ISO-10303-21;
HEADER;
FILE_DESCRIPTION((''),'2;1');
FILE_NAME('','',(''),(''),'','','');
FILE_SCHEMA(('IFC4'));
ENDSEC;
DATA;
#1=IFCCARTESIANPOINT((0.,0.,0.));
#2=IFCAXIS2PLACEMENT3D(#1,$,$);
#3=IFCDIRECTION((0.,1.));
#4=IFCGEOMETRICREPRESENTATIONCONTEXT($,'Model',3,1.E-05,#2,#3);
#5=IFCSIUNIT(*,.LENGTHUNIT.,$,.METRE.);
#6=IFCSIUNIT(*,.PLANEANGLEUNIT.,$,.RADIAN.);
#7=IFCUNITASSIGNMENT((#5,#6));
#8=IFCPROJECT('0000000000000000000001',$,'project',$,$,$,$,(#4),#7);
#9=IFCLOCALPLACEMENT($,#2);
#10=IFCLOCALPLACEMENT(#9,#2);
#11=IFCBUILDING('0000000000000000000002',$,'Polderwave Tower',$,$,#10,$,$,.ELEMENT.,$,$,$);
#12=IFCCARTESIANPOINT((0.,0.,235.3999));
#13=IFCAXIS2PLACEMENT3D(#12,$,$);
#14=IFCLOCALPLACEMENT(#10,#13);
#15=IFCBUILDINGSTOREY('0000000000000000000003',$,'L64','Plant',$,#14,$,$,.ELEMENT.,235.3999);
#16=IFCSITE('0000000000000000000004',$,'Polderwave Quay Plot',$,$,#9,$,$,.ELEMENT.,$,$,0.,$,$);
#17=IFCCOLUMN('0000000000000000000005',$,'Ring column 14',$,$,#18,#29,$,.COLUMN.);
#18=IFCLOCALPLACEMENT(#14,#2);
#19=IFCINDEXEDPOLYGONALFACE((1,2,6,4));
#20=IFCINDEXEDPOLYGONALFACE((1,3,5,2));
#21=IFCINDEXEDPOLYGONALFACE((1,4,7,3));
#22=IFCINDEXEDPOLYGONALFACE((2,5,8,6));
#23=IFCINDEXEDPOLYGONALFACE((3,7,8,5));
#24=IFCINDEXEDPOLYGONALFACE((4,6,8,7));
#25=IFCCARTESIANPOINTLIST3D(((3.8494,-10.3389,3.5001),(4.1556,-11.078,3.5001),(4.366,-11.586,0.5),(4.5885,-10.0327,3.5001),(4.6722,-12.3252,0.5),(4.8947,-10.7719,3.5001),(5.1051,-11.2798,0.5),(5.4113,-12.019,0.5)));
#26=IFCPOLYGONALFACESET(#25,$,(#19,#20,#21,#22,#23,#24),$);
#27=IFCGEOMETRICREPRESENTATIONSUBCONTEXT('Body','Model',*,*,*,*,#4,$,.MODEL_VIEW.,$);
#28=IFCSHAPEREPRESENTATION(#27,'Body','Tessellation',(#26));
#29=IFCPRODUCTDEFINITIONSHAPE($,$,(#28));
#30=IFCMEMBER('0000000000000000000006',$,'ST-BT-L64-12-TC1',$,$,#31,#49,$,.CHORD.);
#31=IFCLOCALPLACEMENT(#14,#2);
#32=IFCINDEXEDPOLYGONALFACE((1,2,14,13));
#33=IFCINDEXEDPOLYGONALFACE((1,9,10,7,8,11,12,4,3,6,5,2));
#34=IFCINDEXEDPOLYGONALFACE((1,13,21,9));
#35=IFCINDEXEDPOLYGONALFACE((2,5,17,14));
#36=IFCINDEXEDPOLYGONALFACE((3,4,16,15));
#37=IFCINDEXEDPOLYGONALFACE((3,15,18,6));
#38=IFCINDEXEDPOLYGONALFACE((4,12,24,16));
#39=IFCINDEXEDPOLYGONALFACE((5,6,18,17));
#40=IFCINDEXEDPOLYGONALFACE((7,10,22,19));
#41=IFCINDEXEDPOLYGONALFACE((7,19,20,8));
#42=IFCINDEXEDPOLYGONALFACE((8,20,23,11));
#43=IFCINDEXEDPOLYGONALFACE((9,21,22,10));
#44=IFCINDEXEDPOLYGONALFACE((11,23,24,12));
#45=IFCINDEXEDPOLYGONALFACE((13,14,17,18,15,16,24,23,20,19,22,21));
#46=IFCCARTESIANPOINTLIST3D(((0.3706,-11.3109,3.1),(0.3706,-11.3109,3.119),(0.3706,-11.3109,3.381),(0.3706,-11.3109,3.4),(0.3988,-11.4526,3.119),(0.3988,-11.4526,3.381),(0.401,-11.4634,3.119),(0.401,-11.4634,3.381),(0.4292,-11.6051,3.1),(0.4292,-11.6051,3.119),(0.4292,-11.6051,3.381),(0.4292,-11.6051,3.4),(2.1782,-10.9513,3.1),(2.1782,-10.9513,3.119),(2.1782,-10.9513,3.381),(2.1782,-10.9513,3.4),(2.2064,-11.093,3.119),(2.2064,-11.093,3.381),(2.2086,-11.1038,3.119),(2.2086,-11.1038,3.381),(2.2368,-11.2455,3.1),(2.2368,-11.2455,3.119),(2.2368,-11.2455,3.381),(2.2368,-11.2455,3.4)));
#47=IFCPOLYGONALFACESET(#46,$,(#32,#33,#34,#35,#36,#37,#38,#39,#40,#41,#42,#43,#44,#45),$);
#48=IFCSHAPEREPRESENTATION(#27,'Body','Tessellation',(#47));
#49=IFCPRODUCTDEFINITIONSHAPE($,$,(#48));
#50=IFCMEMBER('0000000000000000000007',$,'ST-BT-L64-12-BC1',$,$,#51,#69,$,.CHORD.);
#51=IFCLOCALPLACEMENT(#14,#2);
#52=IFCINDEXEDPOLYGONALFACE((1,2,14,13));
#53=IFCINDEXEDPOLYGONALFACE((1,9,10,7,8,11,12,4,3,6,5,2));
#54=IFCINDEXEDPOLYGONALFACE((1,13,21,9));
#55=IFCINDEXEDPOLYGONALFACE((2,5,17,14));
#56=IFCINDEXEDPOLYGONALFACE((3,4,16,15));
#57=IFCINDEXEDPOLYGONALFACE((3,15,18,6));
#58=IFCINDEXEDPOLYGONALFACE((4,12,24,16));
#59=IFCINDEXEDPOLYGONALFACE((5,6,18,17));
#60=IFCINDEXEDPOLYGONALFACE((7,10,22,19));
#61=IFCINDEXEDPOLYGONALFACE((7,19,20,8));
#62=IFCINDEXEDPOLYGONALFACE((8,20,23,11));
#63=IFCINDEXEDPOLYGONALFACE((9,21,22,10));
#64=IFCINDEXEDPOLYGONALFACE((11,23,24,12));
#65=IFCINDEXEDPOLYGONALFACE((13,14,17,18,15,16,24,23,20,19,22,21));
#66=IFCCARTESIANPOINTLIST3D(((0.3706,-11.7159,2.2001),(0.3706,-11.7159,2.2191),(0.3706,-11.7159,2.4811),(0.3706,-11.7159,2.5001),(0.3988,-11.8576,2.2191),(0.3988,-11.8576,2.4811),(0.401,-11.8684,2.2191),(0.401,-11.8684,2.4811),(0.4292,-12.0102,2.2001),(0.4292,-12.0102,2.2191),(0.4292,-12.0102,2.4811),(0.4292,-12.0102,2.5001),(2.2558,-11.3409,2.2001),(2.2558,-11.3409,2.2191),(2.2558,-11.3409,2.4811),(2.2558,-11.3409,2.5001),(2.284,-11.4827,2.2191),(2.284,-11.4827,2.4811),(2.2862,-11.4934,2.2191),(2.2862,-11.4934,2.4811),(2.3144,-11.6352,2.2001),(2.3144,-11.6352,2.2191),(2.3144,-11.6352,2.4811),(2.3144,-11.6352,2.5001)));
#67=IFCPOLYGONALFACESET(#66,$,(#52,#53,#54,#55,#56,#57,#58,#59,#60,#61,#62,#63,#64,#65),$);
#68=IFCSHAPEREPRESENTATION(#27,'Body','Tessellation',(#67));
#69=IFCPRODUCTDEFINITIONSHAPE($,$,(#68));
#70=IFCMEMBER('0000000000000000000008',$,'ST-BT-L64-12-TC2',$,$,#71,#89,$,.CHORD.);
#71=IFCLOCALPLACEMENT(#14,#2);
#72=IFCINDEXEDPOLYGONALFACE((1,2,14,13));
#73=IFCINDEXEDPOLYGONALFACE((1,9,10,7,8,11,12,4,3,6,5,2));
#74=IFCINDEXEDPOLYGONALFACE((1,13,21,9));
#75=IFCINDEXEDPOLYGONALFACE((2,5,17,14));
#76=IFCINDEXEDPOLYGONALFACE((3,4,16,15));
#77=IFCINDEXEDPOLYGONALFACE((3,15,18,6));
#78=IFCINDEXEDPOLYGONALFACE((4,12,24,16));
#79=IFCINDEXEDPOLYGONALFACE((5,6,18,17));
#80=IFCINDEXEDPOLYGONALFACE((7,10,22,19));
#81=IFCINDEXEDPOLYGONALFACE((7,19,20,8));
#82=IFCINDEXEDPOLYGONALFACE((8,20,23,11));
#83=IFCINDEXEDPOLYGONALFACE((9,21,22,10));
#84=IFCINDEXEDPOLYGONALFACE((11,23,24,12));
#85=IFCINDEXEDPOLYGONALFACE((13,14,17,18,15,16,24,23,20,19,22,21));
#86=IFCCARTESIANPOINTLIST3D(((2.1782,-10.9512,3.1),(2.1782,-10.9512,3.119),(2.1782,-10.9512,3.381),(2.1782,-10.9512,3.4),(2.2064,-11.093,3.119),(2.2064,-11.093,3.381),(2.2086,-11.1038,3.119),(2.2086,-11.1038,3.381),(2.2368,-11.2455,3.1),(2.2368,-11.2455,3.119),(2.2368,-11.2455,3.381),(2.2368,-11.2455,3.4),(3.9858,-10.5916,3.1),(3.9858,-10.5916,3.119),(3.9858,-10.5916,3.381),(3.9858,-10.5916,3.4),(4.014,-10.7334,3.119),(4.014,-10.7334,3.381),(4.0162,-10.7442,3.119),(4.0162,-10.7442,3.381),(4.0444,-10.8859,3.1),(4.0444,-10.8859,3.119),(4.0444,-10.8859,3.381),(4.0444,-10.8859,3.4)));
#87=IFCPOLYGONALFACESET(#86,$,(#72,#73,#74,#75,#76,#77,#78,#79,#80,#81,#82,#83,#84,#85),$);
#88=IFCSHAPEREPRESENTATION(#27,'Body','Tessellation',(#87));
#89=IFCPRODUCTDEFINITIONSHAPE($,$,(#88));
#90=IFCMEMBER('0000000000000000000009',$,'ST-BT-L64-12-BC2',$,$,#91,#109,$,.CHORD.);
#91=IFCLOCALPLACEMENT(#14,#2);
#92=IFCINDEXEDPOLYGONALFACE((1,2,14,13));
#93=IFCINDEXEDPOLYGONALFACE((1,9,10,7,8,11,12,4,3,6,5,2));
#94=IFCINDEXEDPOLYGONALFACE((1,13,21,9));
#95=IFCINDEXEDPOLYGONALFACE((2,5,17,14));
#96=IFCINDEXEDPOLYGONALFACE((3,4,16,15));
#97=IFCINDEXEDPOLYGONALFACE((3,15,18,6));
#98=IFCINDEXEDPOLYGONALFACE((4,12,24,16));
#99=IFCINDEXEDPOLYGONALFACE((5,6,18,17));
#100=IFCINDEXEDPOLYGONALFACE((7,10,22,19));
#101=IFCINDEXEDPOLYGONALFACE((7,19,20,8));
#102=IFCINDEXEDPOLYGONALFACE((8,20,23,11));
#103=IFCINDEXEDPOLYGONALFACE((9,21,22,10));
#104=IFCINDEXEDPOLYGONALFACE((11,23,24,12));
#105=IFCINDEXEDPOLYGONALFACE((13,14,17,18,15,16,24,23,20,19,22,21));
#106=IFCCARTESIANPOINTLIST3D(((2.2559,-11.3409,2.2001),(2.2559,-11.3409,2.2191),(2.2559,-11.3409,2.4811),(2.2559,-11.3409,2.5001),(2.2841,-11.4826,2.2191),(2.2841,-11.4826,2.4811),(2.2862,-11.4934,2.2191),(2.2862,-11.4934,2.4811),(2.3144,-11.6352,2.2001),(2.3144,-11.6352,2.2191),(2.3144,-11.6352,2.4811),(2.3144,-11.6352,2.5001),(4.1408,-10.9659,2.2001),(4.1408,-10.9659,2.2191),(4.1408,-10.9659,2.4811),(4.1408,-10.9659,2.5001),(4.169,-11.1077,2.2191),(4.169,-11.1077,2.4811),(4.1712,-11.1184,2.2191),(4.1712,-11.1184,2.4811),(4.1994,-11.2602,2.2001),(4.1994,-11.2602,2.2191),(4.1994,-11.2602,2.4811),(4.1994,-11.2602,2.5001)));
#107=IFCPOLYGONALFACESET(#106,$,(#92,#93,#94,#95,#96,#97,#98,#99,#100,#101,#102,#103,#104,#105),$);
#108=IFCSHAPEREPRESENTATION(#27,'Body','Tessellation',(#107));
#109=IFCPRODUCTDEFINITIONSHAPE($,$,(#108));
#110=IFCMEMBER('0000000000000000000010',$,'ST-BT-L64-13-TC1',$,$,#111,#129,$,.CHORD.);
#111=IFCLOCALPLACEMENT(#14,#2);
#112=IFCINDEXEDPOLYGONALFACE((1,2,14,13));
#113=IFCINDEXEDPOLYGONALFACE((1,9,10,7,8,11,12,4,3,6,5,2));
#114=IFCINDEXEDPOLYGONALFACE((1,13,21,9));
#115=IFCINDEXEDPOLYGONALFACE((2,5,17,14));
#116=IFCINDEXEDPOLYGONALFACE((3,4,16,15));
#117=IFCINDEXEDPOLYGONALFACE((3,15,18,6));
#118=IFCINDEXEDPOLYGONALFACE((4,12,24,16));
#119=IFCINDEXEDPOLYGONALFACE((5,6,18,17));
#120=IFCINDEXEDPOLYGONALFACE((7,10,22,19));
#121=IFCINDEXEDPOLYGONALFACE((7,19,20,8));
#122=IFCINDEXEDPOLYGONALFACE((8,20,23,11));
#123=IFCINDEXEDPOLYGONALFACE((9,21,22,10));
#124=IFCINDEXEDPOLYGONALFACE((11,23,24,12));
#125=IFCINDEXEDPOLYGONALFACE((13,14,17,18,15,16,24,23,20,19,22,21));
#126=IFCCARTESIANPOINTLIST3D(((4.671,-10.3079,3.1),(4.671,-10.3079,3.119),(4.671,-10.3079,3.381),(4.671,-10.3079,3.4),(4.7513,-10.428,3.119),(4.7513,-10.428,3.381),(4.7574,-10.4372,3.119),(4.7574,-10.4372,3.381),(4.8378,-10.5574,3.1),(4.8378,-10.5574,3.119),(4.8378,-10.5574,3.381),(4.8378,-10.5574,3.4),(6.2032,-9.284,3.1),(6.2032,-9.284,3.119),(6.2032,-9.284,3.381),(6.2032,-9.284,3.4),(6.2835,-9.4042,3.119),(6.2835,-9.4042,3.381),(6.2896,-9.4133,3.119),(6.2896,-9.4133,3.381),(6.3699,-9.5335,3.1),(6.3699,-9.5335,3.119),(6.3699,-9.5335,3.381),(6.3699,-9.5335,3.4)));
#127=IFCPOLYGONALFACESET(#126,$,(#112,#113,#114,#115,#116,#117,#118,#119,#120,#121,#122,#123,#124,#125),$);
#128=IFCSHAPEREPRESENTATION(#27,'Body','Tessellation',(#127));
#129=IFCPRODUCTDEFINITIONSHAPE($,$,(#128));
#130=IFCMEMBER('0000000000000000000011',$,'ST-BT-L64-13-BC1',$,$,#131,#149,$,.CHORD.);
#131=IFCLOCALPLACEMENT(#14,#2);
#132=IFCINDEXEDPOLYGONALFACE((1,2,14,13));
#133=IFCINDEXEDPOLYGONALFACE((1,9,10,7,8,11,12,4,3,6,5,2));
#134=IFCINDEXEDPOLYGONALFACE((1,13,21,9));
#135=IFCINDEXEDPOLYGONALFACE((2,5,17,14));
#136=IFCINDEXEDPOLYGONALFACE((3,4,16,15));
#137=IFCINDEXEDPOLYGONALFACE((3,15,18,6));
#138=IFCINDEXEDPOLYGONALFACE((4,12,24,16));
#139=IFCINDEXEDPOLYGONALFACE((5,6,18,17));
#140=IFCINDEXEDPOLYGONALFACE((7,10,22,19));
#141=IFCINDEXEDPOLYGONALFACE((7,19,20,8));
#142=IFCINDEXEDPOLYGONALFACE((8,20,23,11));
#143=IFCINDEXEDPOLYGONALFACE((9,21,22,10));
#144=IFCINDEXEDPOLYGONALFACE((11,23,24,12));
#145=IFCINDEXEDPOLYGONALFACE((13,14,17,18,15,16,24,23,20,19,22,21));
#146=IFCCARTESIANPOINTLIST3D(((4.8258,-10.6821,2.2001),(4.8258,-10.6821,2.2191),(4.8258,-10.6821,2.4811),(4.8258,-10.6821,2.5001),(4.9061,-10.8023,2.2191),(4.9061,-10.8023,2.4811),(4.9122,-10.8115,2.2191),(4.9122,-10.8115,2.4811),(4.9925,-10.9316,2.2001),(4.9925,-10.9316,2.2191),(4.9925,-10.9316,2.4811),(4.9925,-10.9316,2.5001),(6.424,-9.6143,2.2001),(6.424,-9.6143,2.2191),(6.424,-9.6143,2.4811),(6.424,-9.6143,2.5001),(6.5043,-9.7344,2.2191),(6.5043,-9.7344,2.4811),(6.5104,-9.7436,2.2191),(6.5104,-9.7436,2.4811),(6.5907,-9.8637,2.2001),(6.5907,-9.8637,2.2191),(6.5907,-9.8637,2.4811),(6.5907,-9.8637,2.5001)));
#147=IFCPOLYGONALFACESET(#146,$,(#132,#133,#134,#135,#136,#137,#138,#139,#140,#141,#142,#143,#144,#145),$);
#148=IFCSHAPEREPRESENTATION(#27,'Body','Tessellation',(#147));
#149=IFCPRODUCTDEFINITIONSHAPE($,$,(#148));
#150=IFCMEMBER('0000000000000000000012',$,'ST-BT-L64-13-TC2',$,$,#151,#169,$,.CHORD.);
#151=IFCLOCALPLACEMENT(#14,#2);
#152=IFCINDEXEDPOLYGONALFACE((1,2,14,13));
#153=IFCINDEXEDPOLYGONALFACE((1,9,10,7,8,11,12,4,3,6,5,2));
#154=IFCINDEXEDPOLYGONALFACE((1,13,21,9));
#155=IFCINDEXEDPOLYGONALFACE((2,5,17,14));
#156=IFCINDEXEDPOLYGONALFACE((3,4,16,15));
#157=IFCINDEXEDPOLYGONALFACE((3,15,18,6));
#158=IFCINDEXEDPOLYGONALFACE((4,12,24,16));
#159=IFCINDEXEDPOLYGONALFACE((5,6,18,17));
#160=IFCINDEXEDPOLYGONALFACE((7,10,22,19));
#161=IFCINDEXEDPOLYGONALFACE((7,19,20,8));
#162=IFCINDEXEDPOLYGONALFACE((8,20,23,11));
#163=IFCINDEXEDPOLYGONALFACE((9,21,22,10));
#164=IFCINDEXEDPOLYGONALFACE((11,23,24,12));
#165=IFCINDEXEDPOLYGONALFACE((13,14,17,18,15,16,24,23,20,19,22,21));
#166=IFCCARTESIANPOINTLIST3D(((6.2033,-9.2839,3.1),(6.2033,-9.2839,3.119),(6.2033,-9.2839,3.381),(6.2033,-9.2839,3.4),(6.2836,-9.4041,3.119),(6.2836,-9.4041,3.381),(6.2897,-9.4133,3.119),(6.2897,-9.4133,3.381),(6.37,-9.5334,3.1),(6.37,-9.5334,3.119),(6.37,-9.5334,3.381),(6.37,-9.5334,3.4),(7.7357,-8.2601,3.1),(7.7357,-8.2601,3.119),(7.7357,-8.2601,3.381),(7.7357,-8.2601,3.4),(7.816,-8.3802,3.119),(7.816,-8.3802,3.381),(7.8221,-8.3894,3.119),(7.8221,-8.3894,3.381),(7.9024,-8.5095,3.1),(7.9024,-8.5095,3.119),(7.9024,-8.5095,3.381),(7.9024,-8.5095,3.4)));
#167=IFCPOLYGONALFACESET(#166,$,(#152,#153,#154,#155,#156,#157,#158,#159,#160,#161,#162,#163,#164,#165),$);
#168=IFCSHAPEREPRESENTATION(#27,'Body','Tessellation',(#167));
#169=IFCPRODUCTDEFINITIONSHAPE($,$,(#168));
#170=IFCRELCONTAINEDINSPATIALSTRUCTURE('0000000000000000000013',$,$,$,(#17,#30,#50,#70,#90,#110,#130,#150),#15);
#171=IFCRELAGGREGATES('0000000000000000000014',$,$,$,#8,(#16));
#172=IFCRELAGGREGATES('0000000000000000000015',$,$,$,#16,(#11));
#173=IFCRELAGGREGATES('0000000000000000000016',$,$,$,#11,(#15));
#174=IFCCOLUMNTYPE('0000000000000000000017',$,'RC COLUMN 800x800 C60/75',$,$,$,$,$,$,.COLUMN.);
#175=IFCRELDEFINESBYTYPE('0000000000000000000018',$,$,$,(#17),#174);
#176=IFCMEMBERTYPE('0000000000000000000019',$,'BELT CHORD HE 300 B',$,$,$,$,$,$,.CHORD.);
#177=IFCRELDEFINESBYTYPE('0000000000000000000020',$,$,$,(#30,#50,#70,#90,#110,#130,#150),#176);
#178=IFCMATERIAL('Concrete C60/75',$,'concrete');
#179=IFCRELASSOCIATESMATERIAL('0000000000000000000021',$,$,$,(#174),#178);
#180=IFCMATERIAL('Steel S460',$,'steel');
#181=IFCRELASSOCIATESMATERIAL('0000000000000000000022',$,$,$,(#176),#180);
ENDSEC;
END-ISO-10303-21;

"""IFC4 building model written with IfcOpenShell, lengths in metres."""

from ifc_helpers import new_model, si_unit, direction, frame, origin, origin_2d, place, context, subcontext, project, spatial, rectangle, i_section, extrude, material, material_profile, profile_set, type_object, element, save


model = new_model("IFC4")

# Units and contexts
model_context = context("Model", 3, precision=1e-05, world=origin(), true_north=direction((0.0, 1.0)))
body_context = subcontext(model_context, "Body", "Model", "MODEL_VIEW")
ifc_project = project(units=[si_unit("LENGTHUNIT", "METRE"), si_unit("PLANEANGLEUNIT", "RADIAN")], contexts=[model_context])

# Site, building, storey
site_placement = place(None, origin())
site = spatial("IfcSite", under=ifc_project, at=site_placement, Name="Polderwave Quay Plot", CompositionType="ELEMENT", RefElevation=0.0)
building_placement = place(site_placement, origin())
building = spatial("IfcBuilding", under=site, at=building_placement, Name="Polderwave Tower", CompositionType="ELEMENT")
storey_placement = place(building_placement, frame((0.0, 0.0, 235.3999)))
storey = spatial("IfcBuildingStorey", under=building, at=storey_placement, Name="L64", Description="Plant", CompositionType="ELEMENT", Elevation=235.3999)

# Column
ifc_material_1 = material(Name="Concrete C60/75", Category="concrete")
ifc_material_profile_1 = material_profile(ifc_material_1, rectangle(XDim=0.8, YDim=0.8, at=origin_2d()), Name="RC 800x800")
ifc_profile_set_1 = profile_set([ifc_material_profile_1], Name="Concrete C60/75")
column_type = type_object("IfcColumnType", Name="RC COLUMN 800x800 C60/75", PredefinedType="COLUMN", material=ifc_profile_set_1)
column_placement = place(storey_placement, frame((4.8887, -11.8025, 0.5), z_axis=(0.0, 0.0, 1.0), x_axis=(-0.923867, -0.382714, 0.0)))
element("IfcColumn", 1, at=column_placement, inside=storey, type_object=column_type, Name="Ring column 14", PredefinedType="COLUMN", context=body_context, shape_type="SweptSolid", body=[
    extrude(rectangle(XDim=0.8, YDim=0.8, at=origin_2d()), origin(), (0.0, -0.410324, 0.91194), 3.2898),
])

# Members
ifc_material_2 = material(Name="Steel S460", Category="steel")
ifc_material_profile_2 = material_profile(ifc_material_2, i_section(OverallWidth=0.3, OverallDepth=0.3, WebThickness=0.011, FlangeThickness=0.019, at=origin_2d()), Name="HE 300 B")
ifc_profile_set_2 = profile_set([ifc_material_profile_2], Name="Steel S460")
member_type_1 = type_object("IfcMemberType", Name="BELT CHORD HE 300 B", PredefinedType="CHORD", material=ifc_profile_set_2)
member_1_placement = place(storey_placement, frame((0.3999, -11.458, 3.25), z_axis=(0.980779, 0.195123, 0.0), x_axis=(-0.195123, 0.980779, 0.0)))
element("IfcMember", 2, at=member_1_placement, inside=storey, type_object=member_type_1, Name="ST-BT-L64-12-TC1", PredefinedType="CHORD", context=body_context, shape_type="SweptSolid", body=[
    extrude(i_section(OverallWidth=0.3, OverallDepth=0.3, WebThickness=0.011, FlangeThickness=0.019, at=origin_2d()), origin(), (0.0, 0.0, 1.0), 1.843),
])
member_2_placement = place(storey_placement, frame((0.3999, -11.863, 2.3501), z_axis=(0.980785, 0.19509, 0.0), x_axis=(-0.19509, 0.980785, 0.0)))
element("IfcMember", 3, at=member_2_placement, inside=storey, type_object=member_type_1, Name="ST-BT-L64-12-BC1", PredefinedType="CHORD", context=body_context, shape_type="SweptSolid", body=[
    extrude(i_section(OverallWidth=0.3, OverallDepth=0.3, WebThickness=0.011, FlangeThickness=0.019, at=origin_2d()), origin(), (0.0, 0.0, 1.0), 1.9221),
])
member_3_placement = place(storey_placement, frame((2.2075, -11.0984, 3.25), z_axis=(0.980779, 0.195123, 0.0), x_axis=(-0.195123, 0.980779, 0.0)))
element("IfcMember", 4, at=member_3_placement, inside=storey, type_object=member_type_1, Name="ST-BT-L64-12-TC2", PredefinedType="CHORD", context=body_context, shape_type="SweptSolid", body=[
    extrude(i_section(OverallWidth=0.3, OverallDepth=0.3, WebThickness=0.011, FlangeThickness=0.019, at=origin_2d()), origin(), (0.0, 0.0, 1.0), 1.843),
])
member_4_placement = place(storey_placement, frame((2.2852, -11.488, 2.3501), z_axis=(0.98078, 0.195114, 0.0), x_axis=(-0.195114, 0.98078, 0.0)))
element("IfcMember", 5, at=member_4_placement, inside=storey, type_object=member_type_1, Name="ST-BT-L64-12-BC2", PredefinedType="CHORD", context=body_context, shape_type="SweptSolid", body=[
    extrude(i_section(OverallWidth=0.3, OverallDepth=0.3, WebThickness=0.011, FlangeThickness=0.019, at=origin_2d()), origin(), (0.0, 0.0, 1.0), 1.9219),
])
member_5_placement = place(storey_placement, frame((4.7544, -10.4326, 3.25), z_axis=(0.831438, 0.555617, 0.0), x_axis=(-0.555617, 0.831438, 0.0)))
element("IfcMember", 6, at=member_5_placement, inside=storey, type_object=member_type_1, Name="ST-BT-L64-13-TC1", PredefinedType="CHORD", context=body_context, shape_type="SweptSolid", body=[
    extrude(i_section(OverallWidth=0.3, OverallDepth=0.3, WebThickness=0.011, FlangeThickness=0.019, at=origin_2d()), origin(), (0.0, 0.0, 1.0), 1.8428),
])
member_6_placement = place(storey_placement, frame((4.9092, -10.8069, 2.3501), z_axis=(0.831464, 0.555579, 0.0), x_axis=(-0.555579, 0.831464, 0.0)))
element("IfcMember", 7, at=member_6_placement, inside=storey, type_object=member_type_1, Name="ST-BT-L64-13-BC1", PredefinedType="CHORD", context=body_context, shape_type="SweptSolid", body=[
    extrude(i_section(OverallWidth=0.3, OverallDepth=0.3, WebThickness=0.011, FlangeThickness=0.019, at=origin_2d()), origin(), (0.0, 0.0, 1.0), 1.9221),
])
member_7_placement = place(storey_placement, frame((6.2866, -9.4087, 3.25), z_axis=(0.831479, 0.555556, 0.0), x_axis=(-0.555556, 0.831479, 0.0)))
element("IfcMember", 8, at=member_7_placement, inside=storey, type_object=member_type_1, Name="ST-BT-L64-13-TC2", PredefinedType="CHORD", context=body_context, shape_type="SweptSolid", body=[
    extrude(i_section(OverallWidth=0.3, OverallDepth=0.3, WebThickness=0.011, FlangeThickness=0.019, at=origin_2d()), origin(), (0.0, 0.0, 1.0), 1.843),
])

save(model, "model.ifc")
